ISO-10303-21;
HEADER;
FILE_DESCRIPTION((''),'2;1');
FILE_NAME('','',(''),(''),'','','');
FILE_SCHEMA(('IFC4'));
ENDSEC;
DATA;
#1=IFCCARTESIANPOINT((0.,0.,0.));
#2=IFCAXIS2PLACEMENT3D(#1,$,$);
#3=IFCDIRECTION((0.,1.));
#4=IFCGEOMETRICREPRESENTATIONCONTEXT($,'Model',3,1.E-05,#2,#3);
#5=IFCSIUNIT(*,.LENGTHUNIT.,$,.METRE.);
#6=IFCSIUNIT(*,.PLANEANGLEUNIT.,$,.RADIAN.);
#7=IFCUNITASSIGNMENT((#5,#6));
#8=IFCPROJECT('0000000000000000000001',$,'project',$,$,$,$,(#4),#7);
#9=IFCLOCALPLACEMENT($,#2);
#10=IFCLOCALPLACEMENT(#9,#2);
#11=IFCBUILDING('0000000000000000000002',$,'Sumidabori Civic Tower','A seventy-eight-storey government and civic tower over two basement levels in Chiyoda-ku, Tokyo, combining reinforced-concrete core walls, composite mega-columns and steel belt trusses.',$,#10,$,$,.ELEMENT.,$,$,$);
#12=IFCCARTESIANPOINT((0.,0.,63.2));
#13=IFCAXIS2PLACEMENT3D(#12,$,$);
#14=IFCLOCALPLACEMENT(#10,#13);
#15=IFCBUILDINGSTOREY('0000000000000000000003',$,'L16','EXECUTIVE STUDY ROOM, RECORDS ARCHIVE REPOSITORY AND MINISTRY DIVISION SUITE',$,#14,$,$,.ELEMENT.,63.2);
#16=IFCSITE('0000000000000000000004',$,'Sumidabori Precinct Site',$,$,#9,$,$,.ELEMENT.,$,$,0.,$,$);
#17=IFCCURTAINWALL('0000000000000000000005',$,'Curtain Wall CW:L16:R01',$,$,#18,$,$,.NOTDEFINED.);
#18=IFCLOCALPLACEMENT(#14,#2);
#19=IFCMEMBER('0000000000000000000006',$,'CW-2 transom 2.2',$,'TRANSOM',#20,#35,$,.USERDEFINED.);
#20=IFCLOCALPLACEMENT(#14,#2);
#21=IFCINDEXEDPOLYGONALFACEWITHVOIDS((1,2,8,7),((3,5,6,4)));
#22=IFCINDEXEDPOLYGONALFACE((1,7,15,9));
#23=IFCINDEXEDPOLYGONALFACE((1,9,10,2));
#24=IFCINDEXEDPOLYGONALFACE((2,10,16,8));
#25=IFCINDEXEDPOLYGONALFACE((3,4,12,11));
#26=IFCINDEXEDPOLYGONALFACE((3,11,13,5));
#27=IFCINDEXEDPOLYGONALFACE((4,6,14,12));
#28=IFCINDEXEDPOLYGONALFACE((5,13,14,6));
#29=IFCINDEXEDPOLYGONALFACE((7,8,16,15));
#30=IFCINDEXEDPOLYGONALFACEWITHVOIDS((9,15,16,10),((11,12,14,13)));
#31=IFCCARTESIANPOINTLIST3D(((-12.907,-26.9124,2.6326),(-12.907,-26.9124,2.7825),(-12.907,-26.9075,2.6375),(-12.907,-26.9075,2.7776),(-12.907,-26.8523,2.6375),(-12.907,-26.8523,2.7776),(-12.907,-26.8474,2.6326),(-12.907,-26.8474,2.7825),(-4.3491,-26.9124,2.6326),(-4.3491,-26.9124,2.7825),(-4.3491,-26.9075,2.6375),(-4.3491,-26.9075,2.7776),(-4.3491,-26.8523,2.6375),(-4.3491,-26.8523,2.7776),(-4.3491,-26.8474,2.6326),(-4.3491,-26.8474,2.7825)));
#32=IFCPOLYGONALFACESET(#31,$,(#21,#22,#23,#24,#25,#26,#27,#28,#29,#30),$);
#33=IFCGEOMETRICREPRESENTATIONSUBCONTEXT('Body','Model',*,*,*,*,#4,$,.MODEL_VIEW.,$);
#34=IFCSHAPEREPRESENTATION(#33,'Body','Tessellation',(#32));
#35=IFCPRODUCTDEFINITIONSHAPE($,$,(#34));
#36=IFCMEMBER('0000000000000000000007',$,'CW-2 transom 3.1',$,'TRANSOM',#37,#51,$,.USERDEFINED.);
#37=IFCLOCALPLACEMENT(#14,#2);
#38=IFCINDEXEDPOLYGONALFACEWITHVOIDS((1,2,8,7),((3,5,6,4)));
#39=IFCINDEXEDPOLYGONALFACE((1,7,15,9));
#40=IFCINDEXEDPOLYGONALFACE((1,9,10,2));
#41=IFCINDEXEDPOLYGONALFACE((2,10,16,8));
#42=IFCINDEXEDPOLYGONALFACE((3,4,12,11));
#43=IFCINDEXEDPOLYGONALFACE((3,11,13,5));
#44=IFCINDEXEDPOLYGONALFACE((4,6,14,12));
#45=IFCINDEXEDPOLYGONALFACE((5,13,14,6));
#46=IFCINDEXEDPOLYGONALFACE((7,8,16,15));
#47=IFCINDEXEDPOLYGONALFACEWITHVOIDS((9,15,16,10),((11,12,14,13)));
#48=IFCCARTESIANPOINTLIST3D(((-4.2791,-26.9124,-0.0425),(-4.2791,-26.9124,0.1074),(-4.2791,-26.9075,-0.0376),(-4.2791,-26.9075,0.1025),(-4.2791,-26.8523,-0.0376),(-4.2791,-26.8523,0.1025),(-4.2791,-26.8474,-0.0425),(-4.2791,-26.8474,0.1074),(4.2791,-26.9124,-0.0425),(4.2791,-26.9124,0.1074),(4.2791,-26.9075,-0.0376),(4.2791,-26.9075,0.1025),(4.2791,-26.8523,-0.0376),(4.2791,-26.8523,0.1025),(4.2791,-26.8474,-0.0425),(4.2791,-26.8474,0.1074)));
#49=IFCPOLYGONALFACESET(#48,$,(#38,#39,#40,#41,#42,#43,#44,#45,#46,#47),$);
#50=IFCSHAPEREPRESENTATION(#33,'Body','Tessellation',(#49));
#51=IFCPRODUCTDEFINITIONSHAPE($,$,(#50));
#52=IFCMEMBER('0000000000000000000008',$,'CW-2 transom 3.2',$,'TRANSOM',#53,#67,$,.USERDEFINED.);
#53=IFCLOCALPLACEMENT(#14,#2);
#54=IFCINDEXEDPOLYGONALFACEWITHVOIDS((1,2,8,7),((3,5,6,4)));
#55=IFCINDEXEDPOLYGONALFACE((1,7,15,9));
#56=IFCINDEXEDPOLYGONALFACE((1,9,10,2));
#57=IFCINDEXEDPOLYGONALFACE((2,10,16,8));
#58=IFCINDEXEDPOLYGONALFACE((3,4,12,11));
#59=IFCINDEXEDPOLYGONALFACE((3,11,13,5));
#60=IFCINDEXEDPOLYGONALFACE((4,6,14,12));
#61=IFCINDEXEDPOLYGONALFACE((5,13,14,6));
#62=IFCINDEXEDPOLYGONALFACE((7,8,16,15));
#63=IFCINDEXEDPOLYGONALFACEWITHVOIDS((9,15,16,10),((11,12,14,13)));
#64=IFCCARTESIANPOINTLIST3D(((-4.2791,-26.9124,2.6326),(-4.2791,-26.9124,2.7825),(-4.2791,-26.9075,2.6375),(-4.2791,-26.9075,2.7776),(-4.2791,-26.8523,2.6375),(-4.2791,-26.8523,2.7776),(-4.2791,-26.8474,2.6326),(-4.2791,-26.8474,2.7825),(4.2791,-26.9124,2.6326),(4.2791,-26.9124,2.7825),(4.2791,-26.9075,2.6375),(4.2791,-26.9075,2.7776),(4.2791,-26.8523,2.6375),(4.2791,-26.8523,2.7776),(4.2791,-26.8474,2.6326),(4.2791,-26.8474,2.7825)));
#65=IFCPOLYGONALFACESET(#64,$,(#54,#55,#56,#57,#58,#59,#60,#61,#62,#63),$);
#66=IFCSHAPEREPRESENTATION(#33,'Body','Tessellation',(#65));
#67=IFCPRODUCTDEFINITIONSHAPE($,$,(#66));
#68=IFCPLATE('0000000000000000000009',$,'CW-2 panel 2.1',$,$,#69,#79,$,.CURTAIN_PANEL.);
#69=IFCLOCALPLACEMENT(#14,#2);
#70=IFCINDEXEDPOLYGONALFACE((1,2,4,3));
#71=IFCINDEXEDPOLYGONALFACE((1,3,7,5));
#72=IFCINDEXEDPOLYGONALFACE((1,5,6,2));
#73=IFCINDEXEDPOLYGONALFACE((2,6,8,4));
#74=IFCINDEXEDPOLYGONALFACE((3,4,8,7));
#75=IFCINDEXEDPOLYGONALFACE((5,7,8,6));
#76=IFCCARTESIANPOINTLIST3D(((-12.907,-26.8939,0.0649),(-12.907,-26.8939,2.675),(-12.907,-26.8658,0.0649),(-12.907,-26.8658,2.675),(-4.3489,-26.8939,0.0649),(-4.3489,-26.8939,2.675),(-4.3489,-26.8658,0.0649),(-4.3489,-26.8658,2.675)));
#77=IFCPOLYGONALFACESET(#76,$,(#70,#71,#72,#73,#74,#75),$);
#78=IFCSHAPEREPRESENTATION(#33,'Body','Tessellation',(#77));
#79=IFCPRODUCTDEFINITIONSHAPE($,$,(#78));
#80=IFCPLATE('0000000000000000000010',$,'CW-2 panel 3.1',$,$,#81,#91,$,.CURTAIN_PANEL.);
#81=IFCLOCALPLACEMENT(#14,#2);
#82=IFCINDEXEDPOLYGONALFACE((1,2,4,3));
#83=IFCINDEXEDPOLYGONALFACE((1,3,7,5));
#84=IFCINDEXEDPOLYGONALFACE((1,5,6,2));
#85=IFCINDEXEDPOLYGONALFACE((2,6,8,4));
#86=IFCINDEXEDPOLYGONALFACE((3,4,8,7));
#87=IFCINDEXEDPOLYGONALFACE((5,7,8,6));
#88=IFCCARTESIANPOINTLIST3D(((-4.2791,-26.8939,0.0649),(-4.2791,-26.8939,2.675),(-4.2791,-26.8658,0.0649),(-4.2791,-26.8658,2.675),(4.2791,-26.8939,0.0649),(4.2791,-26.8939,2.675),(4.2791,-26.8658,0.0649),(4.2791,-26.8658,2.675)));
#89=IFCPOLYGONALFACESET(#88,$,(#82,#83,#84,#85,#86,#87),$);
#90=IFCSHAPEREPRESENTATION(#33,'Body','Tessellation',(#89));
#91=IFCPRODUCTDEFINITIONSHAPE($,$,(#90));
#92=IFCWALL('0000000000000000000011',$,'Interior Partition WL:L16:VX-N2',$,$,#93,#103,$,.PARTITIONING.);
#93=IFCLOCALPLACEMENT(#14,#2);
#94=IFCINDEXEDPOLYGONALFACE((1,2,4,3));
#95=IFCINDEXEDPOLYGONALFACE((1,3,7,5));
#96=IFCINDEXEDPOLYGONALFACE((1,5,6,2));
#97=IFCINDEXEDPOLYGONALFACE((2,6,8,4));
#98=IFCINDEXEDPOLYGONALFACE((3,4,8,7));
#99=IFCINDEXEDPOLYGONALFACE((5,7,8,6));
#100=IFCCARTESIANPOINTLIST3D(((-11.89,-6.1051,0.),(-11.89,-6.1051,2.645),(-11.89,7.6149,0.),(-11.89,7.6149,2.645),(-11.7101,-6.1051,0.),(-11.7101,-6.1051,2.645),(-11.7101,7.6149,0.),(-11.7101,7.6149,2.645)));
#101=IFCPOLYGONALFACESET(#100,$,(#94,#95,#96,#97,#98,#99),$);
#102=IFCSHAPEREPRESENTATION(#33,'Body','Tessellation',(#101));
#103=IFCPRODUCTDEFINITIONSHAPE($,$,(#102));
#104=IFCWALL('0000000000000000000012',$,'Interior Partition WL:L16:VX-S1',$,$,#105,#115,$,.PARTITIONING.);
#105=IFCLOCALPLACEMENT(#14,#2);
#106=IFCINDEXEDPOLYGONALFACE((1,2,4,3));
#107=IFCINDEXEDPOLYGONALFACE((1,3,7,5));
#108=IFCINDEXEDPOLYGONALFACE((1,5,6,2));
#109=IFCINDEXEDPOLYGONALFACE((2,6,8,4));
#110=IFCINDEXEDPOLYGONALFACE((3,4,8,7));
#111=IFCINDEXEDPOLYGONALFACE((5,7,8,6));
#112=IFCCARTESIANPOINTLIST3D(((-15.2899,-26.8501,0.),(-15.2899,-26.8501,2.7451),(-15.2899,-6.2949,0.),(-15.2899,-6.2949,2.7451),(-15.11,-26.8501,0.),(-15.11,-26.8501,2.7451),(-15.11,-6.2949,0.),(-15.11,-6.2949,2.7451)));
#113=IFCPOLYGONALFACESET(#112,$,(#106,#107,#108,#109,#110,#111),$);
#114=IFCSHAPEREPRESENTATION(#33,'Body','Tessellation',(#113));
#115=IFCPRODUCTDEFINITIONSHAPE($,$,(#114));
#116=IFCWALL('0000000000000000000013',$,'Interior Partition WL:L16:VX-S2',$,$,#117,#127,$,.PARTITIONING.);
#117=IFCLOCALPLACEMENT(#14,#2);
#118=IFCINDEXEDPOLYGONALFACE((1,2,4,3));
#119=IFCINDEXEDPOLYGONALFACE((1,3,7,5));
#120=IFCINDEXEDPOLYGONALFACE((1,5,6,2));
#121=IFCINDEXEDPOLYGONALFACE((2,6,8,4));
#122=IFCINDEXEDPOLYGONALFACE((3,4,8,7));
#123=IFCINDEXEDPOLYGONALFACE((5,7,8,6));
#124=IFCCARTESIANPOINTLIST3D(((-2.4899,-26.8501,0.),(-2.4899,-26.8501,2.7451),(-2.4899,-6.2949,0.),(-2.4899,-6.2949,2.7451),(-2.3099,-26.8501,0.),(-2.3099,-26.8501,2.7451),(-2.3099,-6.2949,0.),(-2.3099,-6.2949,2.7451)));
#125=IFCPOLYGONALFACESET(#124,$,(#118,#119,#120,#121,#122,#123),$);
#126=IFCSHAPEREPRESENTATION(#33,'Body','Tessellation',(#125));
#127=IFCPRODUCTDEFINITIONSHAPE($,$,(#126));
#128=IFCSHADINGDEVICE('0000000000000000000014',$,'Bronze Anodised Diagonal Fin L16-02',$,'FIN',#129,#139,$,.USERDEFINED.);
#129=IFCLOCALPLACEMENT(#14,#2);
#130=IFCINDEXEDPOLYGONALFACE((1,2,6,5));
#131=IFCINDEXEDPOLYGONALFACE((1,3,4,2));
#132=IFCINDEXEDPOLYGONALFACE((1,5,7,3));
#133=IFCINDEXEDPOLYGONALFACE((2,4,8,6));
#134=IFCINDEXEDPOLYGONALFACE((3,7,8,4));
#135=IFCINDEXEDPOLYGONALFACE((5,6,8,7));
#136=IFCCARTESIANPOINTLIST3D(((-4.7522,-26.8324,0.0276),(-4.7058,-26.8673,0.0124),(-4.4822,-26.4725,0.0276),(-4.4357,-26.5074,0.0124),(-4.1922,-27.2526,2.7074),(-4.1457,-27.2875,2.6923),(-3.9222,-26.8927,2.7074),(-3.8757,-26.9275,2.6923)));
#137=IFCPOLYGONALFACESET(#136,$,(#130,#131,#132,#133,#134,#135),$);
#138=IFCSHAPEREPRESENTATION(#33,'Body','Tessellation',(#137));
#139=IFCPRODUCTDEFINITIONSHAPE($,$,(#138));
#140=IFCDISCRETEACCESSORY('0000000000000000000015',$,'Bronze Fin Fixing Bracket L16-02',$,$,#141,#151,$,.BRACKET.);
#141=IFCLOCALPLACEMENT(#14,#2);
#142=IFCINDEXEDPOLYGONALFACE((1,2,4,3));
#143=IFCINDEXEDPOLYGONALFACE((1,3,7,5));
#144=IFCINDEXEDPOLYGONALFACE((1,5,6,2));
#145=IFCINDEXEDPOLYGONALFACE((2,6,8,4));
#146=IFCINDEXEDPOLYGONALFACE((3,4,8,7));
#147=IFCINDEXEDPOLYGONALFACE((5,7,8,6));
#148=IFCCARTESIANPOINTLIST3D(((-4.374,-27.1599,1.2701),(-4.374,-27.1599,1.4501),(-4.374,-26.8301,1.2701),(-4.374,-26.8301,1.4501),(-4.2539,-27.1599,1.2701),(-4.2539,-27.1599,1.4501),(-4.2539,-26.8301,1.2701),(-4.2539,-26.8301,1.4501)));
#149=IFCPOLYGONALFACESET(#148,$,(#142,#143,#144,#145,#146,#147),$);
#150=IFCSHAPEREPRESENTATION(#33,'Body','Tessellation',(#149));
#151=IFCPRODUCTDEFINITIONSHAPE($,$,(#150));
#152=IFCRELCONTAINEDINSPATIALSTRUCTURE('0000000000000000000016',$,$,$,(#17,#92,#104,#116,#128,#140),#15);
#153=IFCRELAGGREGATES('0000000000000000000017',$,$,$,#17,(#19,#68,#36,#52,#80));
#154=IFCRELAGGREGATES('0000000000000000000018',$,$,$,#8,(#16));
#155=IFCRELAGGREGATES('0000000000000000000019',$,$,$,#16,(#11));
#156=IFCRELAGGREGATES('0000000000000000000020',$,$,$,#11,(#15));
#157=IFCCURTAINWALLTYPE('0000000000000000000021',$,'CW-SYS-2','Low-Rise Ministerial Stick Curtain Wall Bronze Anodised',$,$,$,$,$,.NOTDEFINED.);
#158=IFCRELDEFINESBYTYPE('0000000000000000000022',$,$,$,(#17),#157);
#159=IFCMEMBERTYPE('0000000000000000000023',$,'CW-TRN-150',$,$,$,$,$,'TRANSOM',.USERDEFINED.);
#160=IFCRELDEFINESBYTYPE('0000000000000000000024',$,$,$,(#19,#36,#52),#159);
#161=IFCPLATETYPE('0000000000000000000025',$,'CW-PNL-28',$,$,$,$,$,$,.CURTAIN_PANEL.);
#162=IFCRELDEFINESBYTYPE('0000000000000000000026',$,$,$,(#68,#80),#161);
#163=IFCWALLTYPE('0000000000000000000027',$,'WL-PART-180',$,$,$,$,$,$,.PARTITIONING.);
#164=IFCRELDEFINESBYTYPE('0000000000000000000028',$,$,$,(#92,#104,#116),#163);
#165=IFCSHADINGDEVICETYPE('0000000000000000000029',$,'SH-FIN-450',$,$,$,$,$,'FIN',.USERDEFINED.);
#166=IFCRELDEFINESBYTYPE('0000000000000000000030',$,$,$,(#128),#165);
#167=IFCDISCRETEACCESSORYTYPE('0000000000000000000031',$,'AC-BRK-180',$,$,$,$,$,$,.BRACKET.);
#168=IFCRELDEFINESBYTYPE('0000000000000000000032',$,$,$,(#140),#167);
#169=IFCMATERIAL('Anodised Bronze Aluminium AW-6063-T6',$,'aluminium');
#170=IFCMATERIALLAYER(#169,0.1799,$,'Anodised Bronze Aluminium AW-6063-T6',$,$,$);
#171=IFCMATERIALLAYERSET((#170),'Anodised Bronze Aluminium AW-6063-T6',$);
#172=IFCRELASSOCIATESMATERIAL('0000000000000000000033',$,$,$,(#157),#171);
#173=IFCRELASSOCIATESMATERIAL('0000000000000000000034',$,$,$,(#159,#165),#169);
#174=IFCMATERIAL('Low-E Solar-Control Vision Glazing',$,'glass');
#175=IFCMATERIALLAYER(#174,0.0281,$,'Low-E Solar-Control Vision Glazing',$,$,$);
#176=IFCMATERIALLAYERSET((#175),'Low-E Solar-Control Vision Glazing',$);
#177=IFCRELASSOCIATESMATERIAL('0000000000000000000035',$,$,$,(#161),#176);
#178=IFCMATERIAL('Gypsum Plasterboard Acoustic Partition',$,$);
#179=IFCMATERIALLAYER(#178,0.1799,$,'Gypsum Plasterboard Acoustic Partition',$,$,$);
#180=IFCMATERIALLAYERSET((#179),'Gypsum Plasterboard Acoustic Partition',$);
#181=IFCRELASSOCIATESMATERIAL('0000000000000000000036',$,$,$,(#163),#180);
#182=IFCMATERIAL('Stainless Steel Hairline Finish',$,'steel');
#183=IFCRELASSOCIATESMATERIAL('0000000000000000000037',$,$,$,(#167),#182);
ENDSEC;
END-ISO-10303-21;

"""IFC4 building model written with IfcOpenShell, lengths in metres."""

from ifc_helpers import new_model, si_unit, direction, frame, frame_2d, origin, origin_2d, place, context, subcontext, project, spatial, rectangle, hollow_rectangle, extrude, source, transform, mapped, material, layer, layer_set, material_profile, profile_set, type_object, element, aggregate, save


model = new_model("IFC4")

# Units and contexts
model_context = context("Model", 3, precision=1e-05, world=origin(), true_north=direction((0.0, 1.0)))
body_context = subcontext(model_context, "Body", "Model", "MODEL_VIEW")
ifc_project = project(units=[si_unit("LENGTHUNIT", "METRE"), si_unit("PLANEANGLEUNIT", "RADIAN")], contexts=[model_context])

# Site, building, storey
site_placement = place(None, origin())
site = spatial("IfcSite", under=ifc_project, at=site_placement, Name="Sumidabori Precinct Site", CompositionType="ELEMENT", RefElevation=0.0)
building_placement = place(site_placement, origin())
building = spatial("IfcBuilding", under=site, at=building_placement, Name="Sumidabori Civic Tower", Description="A seventy-eight-storey government and civic tower over two basement levels in Chiyoda-ku, Tokyo, combining reinforced-concrete core walls, composite mega-columns and steel belt trusses.", CompositionType="ELEMENT")
storey_placement = place(building_placement, frame((0.0, 0.0, 63.2)))
storey = spatial("IfcBuildingStorey", under=building, at=storey_placement, Name="L16", Description="EXECUTIVE STUDY ROOM, RECORDS ARCHIVE REPOSITORY AND MINISTRY DIVISION SUITE", CompositionType="ELEMENT", Elevation=63.2)

# Curtain wall, members, plates
ifc_material_1 = material(Name="Anodised Bronze Aluminium AW-6063-T6", Category="aluminium")
ifc_layer_1 = layer(ifc_material_1, 0.1799, Name="Anodised Bronze Aluminium AW-6063-T6")
ifc_layer_set_1 = layer_set([ifc_layer_1], Name="Anodised Bronze Aluminium AW-6063-T6")
curtain_wall_type = type_object("IfcCurtainWallType", Name="CW-SYS-2", Description="Low-Rise Ministerial Stick Curtain Wall Bronze Anodised", PredefinedType="NOTDEFINED", material=ifc_layer_set_1)
curtain_wall_placement = place(storey_placement, origin())
curtain_wall = element("IfcCurtainWall", 1, at=curtain_wall_placement, inside=storey, type_object=curtain_wall_type, Name="Curtain Wall CW:L16:R01", PredefinedType="NOTDEFINED")
ifc_material_profile_1 = material_profile(ifc_material_1, hollow_rectangle(XDim=0.0649, YDim=0.1499, WallThickness=0.0049, at=origin_2d()), Name="ALU TRANSOM 150x65")
ifc_profile_set_1 = profile_set([ifc_material_profile_1], Name="Anodised Bronze Aluminium AW-6063-T6")
member_type_1 = type_object("IfcMemberType", Name="CW-TRN-150", ElementType="TRANSOM", PredefinedType="USERDEFINED", material=ifc_profile_set_1)
shared_shape_1 = source(origin(), body_context, "Body", "SweptSolid", [
    extrude(hollow_rectangle(XDim=0.0649, YDim=0.1499, WallThickness=0.0049, at=origin_2d()), origin(), (0.0, 0.0, 1.0), 8.5579),
])
member_1_placement = place(storey_placement, frame((-12.907, -26.8799, 2.7075), z_axis=(1.0, 0.0, 0.0), x_axis=(0.0, 1.0, 0.0)))
member_1 = element("IfcMember", 2, at=member_1_placement, type_object=member_type_1, Name="CW-2 transom 2.2", ObjectType="TRANSOM", PredefinedType="USERDEFINED", context=body_context, shape_type="MappedRepresentation", body=[
    mapped(shared_shape_1, transform((0.0, 0.0, 0.0), x_axis=(1.0, 0.0, 0.0), y_axis=(0.0, 1.0, 0.0), z_axis=(0.0, 0.0, 1.0), scale=1.0)),
])
shared_shape_2 = source(origin(), body_context, "Body", "SweptSolid", [
    extrude(hollow_rectangle(XDim=0.0649, YDim=0.1499, WallThickness=0.0049, at=origin_2d()), origin(), (0.0, 0.0, 1.0), 8.5581),
])
member_2_placement = place(storey_placement, frame((-4.2791, -26.8799, 0.0325), z_axis=(1.0, 0.0, 0.0), x_axis=(0.0, 1.0, 0.0)))
member_2 = element("IfcMember", 3, at=member_2_placement, type_object=member_type_1, Name="CW-2 transom 3.1", ObjectType="TRANSOM", PredefinedType="USERDEFINED", context=body_context, shape_type="MappedRepresentation", body=[
    mapped(shared_shape_2, transform((0.0, 0.0, 0.0), x_axis=(1.0, 0.0, 0.0), y_axis=(0.0, 1.0, 0.0), z_axis=(0.0, 0.0, 1.0), scale=1.0)),
])
member_3_placement = place(storey_placement, frame((-4.2791, -26.8799, 2.7075), z_axis=(1.0, 0.0, 0.0), x_axis=(0.0, 1.0, 0.0)))
member_3 = element("IfcMember", 4, at=member_3_placement, type_object=member_type_1, Name="CW-2 transom 3.2", ObjectType="TRANSOM", PredefinedType="USERDEFINED", context=body_context, shape_type="MappedRepresentation", body=[
    mapped(shared_shape_2, transform((0.0, 0.0, 0.0), x_axis=(1.0, 0.0, 0.0), y_axis=(0.0, 1.0, 0.0), z_axis=(0.0, 0.0, 1.0), scale=1.0)),
])
ifc_material_2 = material(Name="Low-E Solar-Control Vision Glazing", Category="glass")
ifc_layer_2 = layer(ifc_material_2, 0.0281, Name="Low-E Solar-Control Vision Glazing")
ifc_layer_set_2 = layer_set([ifc_layer_2], Name="Low-E Solar-Control Vision Glazing")
plate_type = type_object("IfcPlateType", Name="CW-PNL-28", PredefinedType="CURTAIN_PANEL", material=ifc_layer_set_2)
shared_shape_3 = source(origin(), body_context, "Body", "SweptSolid", [
    extrude(rectangle(XDim=8.5581, YDim=0.0281, at=origin_2d()), origin(), (0.0, 0.0, 1.0), 2.6101),
])
plate_1_placement = place(storey_placement, frame((-8.6279, -26.8799, 0.0649), z_axis=(0.0, 0.0, 1.0), x_axis=(1.0, 0.0, 0.0)))
plate_1 = element("IfcPlate", 5, at=plate_1_placement, type_object=plate_type, Name="CW-2 panel 2.1", PredefinedType="CURTAIN_PANEL", context=body_context, shape_type="MappedRepresentation", body=[
    mapped(shared_shape_3, transform((0.0, 0.0, 0.0), x_axis=(1.0, 0.0, 0.0), y_axis=(0.0, 1.0, 0.0), z_axis=(0.0, 0.0, 1.0), scale=1.0)),
])
plate_2_placement = place(storey_placement, frame((0.0, -26.8799, 0.0649), z_axis=(0.0, 0.0, 1.0), x_axis=(1.0, 0.0, 0.0)))
plate_2 = element("IfcPlate", 6, at=plate_2_placement, type_object=plate_type, Name="CW-2 panel 3.1", PredefinedType="CURTAIN_PANEL", context=body_context, shape_type="MappedRepresentation", body=[
    mapped(shared_shape_3, transform((0.0, 0.0, 0.0), x_axis=(1.0, 0.0, 0.0), y_axis=(0.0, 1.0, 0.0), z_axis=(0.0, 0.0, 1.0), scale=1.0)),
])
aggregate(curtain_wall, [member_1, plate_1, member_2, member_3, plate_2])

# Walls
ifc_material_3 = material(Name="Gypsum Plasterboard Acoustic Partition")
ifc_layer_3 = layer(ifc_material_3, 0.1799, Name="Gypsum Plasterboard Acoustic Partition")
ifc_layer_set_3 = layer_set([ifc_layer_3], Name="Gypsum Plasterboard Acoustic Partition")
wall_type = type_object("IfcWallType", Name="WL-PART-180", PredefinedType="PARTITIONING", material=ifc_layer_set_3)
shared_shape_4 = source(origin(), body_context, "Body", "SweptSolid", [
    extrude(rectangle(XDim=13.72, YDim=0.1799, at=frame_2d((6.8599, 0.0))), origin(), (0.0, 0.0, 1.0), 2.645),
])
wall_placement = place(storey_placement, frame((-11.8, -6.105, 0.0), z_axis=(0.0, 0.0, 1.0), x_axis=(0.0, 1.0, 0.0)))
element("IfcWall", 7, at=wall_placement, inside=storey, type_object=wall_type, Name="Interior Partition WL:L16:VX-N2", PredefinedType="PARTITIONING", context=body_context, shape_type="MappedRepresentation", body=[
    mapped(shared_shape_4, transform((0.0, 0.0, 0.0), x_axis=(1.0, 0.0, 0.0), y_axis=(0.0, 1.0, 0.0), z_axis=(0.0, 0.0, 1.0), scale=1.0)),
])
shared_shape_5 = source(origin(), body_context, "Body", "SweptSolid", [
    extrude(rectangle(XDim=20.5552, YDim=0.1799, at=frame_2d((10.2776, 0.0))), origin(), (0.0, 0.0, 1.0), 2.7451),
])
for number, where, z_axis, x_axis, name in (
    (8, (-15.2, -26.8501, 0.0), (0.0, 0.0, 1.0), (0.0, 1.0, 0.0), "Interior Partition WL:L16:VX-S1"),
    (9, (-2.3999, -26.8501, 0.0), (0.0, 0.0, 1.0), (0.0, 1.0, 0.0), "Interior Partition WL:L16:VX-S2"),
):
    element("IfcWall", number, at=place(storey_placement, frame(where, z_axis=z_axis, x_axis=x_axis)), inside=storey, type_object=wall_type, Name=name, PredefinedType="PARTITIONING", context=body_context, shape_type="MappedRepresentation", body=[
        mapped(shared_shape_5, transform((0.0, 0.0, 0.0), x_axis=(1.0, 0.0, 0.0), y_axis=(0.0, 1.0, 0.0), z_axis=(0.0, 0.0, 1.0), scale=1.0)),
    ])

# Shading device
ifc_material_profile_2 = material_profile(ifc_material_1, rectangle(XDim=0.0601, YDim=0.45, at=origin_2d()), Name="BRONZE FIN 450x60")
ifc_profile_set_2 = profile_set([ifc_material_profile_2], Name="Anodised Bronze Aluminium AW-6063-T6")
shading_device_type = type_object("IfcShadingDeviceType", Name="SH-FIN-450", ElementType="FIN", PredefinedType="USERDEFINED", material=ifc_profile_set_2)
shared_shape_6 = source(origin(), body_context, "Body", "SweptSolid", [
    extrude(rectangle(XDim=0.0601, YDim=0.45, at=origin_2d()), origin(), (0.0, 0.0, 1.0), 2.7698),
])
shading_device_placement = place(storey_placement, frame((-4.594, -26.6699, 0.02), z_axis=(0.202196, -0.151691, 0.967526), x_axis=(0.77394, -0.580624, -0.252771)))
element("IfcShadingDevice", 10, at=shading_device_placement, inside=storey, type_object=shading_device_type, Name="Bronze Anodised Diagonal Fin L16-02", ObjectType="FIN", PredefinedType="USERDEFINED", context=body_context, shape_type="MappedRepresentation", body=[
    mapped(shared_shape_6, transform((0.0, 0.0, 0.0), x_axis=(1.0, 0.0, 0.0), y_axis=(0.0, 1.0, 0.0), z_axis=(0.0, 0.0, 1.0), scale=1.0)),
])

# Discrete accessory
ifc_material_4 = material(Name="Stainless Steel Hairline Finish", Category="steel")
ifc_material_profile_3 = material_profile(ifc_material_4, rectangle(XDim=0.1201, YDim=0.1799, at=origin_2d()), Name="STEEL BRACKET 180x120")
ifc_profile_set_3 = profile_set([ifc_material_profile_3], Name="Stainless Steel Hairline Finish")
discrete_accessory_type = type_object("IfcDiscreteAccessoryType", Name="AC-BRK-180", PredefinedType="BRACKET", material=ifc_profile_set_3)
shared_shape_7 = source(origin(), body_context, "Body", "SweptSolid", [
    extrude(rectangle(XDim=0.1201, YDim=0.1799, at=origin_2d()), origin(), (0.0, 0.0, 1.0), 0.3298),
])
discrete_accessory_placement = place(storey_placement, frame((-4.314, -26.8301, 1.3601), z_axis=(0.0, -1.0, 0.0), x_axis=(1.0, 0.0, 0.0)))
element("IfcDiscreteAccessory", 11, at=discrete_accessory_placement, inside=storey, type_object=discrete_accessory_type, Name="Bronze Fin Fixing Bracket L16-02", PredefinedType="BRACKET", context=body_context, shape_type="MappedRepresentation", body=[
    mapped(shared_shape_7, transform((0.0, 0.0, 0.0), x_axis=(1.0, 0.0, 0.0), y_axis=(0.0, 1.0, 0.0), z_axis=(0.0, 0.0, 1.0), scale=1.0)),
])

save(model, "model.ifc")
